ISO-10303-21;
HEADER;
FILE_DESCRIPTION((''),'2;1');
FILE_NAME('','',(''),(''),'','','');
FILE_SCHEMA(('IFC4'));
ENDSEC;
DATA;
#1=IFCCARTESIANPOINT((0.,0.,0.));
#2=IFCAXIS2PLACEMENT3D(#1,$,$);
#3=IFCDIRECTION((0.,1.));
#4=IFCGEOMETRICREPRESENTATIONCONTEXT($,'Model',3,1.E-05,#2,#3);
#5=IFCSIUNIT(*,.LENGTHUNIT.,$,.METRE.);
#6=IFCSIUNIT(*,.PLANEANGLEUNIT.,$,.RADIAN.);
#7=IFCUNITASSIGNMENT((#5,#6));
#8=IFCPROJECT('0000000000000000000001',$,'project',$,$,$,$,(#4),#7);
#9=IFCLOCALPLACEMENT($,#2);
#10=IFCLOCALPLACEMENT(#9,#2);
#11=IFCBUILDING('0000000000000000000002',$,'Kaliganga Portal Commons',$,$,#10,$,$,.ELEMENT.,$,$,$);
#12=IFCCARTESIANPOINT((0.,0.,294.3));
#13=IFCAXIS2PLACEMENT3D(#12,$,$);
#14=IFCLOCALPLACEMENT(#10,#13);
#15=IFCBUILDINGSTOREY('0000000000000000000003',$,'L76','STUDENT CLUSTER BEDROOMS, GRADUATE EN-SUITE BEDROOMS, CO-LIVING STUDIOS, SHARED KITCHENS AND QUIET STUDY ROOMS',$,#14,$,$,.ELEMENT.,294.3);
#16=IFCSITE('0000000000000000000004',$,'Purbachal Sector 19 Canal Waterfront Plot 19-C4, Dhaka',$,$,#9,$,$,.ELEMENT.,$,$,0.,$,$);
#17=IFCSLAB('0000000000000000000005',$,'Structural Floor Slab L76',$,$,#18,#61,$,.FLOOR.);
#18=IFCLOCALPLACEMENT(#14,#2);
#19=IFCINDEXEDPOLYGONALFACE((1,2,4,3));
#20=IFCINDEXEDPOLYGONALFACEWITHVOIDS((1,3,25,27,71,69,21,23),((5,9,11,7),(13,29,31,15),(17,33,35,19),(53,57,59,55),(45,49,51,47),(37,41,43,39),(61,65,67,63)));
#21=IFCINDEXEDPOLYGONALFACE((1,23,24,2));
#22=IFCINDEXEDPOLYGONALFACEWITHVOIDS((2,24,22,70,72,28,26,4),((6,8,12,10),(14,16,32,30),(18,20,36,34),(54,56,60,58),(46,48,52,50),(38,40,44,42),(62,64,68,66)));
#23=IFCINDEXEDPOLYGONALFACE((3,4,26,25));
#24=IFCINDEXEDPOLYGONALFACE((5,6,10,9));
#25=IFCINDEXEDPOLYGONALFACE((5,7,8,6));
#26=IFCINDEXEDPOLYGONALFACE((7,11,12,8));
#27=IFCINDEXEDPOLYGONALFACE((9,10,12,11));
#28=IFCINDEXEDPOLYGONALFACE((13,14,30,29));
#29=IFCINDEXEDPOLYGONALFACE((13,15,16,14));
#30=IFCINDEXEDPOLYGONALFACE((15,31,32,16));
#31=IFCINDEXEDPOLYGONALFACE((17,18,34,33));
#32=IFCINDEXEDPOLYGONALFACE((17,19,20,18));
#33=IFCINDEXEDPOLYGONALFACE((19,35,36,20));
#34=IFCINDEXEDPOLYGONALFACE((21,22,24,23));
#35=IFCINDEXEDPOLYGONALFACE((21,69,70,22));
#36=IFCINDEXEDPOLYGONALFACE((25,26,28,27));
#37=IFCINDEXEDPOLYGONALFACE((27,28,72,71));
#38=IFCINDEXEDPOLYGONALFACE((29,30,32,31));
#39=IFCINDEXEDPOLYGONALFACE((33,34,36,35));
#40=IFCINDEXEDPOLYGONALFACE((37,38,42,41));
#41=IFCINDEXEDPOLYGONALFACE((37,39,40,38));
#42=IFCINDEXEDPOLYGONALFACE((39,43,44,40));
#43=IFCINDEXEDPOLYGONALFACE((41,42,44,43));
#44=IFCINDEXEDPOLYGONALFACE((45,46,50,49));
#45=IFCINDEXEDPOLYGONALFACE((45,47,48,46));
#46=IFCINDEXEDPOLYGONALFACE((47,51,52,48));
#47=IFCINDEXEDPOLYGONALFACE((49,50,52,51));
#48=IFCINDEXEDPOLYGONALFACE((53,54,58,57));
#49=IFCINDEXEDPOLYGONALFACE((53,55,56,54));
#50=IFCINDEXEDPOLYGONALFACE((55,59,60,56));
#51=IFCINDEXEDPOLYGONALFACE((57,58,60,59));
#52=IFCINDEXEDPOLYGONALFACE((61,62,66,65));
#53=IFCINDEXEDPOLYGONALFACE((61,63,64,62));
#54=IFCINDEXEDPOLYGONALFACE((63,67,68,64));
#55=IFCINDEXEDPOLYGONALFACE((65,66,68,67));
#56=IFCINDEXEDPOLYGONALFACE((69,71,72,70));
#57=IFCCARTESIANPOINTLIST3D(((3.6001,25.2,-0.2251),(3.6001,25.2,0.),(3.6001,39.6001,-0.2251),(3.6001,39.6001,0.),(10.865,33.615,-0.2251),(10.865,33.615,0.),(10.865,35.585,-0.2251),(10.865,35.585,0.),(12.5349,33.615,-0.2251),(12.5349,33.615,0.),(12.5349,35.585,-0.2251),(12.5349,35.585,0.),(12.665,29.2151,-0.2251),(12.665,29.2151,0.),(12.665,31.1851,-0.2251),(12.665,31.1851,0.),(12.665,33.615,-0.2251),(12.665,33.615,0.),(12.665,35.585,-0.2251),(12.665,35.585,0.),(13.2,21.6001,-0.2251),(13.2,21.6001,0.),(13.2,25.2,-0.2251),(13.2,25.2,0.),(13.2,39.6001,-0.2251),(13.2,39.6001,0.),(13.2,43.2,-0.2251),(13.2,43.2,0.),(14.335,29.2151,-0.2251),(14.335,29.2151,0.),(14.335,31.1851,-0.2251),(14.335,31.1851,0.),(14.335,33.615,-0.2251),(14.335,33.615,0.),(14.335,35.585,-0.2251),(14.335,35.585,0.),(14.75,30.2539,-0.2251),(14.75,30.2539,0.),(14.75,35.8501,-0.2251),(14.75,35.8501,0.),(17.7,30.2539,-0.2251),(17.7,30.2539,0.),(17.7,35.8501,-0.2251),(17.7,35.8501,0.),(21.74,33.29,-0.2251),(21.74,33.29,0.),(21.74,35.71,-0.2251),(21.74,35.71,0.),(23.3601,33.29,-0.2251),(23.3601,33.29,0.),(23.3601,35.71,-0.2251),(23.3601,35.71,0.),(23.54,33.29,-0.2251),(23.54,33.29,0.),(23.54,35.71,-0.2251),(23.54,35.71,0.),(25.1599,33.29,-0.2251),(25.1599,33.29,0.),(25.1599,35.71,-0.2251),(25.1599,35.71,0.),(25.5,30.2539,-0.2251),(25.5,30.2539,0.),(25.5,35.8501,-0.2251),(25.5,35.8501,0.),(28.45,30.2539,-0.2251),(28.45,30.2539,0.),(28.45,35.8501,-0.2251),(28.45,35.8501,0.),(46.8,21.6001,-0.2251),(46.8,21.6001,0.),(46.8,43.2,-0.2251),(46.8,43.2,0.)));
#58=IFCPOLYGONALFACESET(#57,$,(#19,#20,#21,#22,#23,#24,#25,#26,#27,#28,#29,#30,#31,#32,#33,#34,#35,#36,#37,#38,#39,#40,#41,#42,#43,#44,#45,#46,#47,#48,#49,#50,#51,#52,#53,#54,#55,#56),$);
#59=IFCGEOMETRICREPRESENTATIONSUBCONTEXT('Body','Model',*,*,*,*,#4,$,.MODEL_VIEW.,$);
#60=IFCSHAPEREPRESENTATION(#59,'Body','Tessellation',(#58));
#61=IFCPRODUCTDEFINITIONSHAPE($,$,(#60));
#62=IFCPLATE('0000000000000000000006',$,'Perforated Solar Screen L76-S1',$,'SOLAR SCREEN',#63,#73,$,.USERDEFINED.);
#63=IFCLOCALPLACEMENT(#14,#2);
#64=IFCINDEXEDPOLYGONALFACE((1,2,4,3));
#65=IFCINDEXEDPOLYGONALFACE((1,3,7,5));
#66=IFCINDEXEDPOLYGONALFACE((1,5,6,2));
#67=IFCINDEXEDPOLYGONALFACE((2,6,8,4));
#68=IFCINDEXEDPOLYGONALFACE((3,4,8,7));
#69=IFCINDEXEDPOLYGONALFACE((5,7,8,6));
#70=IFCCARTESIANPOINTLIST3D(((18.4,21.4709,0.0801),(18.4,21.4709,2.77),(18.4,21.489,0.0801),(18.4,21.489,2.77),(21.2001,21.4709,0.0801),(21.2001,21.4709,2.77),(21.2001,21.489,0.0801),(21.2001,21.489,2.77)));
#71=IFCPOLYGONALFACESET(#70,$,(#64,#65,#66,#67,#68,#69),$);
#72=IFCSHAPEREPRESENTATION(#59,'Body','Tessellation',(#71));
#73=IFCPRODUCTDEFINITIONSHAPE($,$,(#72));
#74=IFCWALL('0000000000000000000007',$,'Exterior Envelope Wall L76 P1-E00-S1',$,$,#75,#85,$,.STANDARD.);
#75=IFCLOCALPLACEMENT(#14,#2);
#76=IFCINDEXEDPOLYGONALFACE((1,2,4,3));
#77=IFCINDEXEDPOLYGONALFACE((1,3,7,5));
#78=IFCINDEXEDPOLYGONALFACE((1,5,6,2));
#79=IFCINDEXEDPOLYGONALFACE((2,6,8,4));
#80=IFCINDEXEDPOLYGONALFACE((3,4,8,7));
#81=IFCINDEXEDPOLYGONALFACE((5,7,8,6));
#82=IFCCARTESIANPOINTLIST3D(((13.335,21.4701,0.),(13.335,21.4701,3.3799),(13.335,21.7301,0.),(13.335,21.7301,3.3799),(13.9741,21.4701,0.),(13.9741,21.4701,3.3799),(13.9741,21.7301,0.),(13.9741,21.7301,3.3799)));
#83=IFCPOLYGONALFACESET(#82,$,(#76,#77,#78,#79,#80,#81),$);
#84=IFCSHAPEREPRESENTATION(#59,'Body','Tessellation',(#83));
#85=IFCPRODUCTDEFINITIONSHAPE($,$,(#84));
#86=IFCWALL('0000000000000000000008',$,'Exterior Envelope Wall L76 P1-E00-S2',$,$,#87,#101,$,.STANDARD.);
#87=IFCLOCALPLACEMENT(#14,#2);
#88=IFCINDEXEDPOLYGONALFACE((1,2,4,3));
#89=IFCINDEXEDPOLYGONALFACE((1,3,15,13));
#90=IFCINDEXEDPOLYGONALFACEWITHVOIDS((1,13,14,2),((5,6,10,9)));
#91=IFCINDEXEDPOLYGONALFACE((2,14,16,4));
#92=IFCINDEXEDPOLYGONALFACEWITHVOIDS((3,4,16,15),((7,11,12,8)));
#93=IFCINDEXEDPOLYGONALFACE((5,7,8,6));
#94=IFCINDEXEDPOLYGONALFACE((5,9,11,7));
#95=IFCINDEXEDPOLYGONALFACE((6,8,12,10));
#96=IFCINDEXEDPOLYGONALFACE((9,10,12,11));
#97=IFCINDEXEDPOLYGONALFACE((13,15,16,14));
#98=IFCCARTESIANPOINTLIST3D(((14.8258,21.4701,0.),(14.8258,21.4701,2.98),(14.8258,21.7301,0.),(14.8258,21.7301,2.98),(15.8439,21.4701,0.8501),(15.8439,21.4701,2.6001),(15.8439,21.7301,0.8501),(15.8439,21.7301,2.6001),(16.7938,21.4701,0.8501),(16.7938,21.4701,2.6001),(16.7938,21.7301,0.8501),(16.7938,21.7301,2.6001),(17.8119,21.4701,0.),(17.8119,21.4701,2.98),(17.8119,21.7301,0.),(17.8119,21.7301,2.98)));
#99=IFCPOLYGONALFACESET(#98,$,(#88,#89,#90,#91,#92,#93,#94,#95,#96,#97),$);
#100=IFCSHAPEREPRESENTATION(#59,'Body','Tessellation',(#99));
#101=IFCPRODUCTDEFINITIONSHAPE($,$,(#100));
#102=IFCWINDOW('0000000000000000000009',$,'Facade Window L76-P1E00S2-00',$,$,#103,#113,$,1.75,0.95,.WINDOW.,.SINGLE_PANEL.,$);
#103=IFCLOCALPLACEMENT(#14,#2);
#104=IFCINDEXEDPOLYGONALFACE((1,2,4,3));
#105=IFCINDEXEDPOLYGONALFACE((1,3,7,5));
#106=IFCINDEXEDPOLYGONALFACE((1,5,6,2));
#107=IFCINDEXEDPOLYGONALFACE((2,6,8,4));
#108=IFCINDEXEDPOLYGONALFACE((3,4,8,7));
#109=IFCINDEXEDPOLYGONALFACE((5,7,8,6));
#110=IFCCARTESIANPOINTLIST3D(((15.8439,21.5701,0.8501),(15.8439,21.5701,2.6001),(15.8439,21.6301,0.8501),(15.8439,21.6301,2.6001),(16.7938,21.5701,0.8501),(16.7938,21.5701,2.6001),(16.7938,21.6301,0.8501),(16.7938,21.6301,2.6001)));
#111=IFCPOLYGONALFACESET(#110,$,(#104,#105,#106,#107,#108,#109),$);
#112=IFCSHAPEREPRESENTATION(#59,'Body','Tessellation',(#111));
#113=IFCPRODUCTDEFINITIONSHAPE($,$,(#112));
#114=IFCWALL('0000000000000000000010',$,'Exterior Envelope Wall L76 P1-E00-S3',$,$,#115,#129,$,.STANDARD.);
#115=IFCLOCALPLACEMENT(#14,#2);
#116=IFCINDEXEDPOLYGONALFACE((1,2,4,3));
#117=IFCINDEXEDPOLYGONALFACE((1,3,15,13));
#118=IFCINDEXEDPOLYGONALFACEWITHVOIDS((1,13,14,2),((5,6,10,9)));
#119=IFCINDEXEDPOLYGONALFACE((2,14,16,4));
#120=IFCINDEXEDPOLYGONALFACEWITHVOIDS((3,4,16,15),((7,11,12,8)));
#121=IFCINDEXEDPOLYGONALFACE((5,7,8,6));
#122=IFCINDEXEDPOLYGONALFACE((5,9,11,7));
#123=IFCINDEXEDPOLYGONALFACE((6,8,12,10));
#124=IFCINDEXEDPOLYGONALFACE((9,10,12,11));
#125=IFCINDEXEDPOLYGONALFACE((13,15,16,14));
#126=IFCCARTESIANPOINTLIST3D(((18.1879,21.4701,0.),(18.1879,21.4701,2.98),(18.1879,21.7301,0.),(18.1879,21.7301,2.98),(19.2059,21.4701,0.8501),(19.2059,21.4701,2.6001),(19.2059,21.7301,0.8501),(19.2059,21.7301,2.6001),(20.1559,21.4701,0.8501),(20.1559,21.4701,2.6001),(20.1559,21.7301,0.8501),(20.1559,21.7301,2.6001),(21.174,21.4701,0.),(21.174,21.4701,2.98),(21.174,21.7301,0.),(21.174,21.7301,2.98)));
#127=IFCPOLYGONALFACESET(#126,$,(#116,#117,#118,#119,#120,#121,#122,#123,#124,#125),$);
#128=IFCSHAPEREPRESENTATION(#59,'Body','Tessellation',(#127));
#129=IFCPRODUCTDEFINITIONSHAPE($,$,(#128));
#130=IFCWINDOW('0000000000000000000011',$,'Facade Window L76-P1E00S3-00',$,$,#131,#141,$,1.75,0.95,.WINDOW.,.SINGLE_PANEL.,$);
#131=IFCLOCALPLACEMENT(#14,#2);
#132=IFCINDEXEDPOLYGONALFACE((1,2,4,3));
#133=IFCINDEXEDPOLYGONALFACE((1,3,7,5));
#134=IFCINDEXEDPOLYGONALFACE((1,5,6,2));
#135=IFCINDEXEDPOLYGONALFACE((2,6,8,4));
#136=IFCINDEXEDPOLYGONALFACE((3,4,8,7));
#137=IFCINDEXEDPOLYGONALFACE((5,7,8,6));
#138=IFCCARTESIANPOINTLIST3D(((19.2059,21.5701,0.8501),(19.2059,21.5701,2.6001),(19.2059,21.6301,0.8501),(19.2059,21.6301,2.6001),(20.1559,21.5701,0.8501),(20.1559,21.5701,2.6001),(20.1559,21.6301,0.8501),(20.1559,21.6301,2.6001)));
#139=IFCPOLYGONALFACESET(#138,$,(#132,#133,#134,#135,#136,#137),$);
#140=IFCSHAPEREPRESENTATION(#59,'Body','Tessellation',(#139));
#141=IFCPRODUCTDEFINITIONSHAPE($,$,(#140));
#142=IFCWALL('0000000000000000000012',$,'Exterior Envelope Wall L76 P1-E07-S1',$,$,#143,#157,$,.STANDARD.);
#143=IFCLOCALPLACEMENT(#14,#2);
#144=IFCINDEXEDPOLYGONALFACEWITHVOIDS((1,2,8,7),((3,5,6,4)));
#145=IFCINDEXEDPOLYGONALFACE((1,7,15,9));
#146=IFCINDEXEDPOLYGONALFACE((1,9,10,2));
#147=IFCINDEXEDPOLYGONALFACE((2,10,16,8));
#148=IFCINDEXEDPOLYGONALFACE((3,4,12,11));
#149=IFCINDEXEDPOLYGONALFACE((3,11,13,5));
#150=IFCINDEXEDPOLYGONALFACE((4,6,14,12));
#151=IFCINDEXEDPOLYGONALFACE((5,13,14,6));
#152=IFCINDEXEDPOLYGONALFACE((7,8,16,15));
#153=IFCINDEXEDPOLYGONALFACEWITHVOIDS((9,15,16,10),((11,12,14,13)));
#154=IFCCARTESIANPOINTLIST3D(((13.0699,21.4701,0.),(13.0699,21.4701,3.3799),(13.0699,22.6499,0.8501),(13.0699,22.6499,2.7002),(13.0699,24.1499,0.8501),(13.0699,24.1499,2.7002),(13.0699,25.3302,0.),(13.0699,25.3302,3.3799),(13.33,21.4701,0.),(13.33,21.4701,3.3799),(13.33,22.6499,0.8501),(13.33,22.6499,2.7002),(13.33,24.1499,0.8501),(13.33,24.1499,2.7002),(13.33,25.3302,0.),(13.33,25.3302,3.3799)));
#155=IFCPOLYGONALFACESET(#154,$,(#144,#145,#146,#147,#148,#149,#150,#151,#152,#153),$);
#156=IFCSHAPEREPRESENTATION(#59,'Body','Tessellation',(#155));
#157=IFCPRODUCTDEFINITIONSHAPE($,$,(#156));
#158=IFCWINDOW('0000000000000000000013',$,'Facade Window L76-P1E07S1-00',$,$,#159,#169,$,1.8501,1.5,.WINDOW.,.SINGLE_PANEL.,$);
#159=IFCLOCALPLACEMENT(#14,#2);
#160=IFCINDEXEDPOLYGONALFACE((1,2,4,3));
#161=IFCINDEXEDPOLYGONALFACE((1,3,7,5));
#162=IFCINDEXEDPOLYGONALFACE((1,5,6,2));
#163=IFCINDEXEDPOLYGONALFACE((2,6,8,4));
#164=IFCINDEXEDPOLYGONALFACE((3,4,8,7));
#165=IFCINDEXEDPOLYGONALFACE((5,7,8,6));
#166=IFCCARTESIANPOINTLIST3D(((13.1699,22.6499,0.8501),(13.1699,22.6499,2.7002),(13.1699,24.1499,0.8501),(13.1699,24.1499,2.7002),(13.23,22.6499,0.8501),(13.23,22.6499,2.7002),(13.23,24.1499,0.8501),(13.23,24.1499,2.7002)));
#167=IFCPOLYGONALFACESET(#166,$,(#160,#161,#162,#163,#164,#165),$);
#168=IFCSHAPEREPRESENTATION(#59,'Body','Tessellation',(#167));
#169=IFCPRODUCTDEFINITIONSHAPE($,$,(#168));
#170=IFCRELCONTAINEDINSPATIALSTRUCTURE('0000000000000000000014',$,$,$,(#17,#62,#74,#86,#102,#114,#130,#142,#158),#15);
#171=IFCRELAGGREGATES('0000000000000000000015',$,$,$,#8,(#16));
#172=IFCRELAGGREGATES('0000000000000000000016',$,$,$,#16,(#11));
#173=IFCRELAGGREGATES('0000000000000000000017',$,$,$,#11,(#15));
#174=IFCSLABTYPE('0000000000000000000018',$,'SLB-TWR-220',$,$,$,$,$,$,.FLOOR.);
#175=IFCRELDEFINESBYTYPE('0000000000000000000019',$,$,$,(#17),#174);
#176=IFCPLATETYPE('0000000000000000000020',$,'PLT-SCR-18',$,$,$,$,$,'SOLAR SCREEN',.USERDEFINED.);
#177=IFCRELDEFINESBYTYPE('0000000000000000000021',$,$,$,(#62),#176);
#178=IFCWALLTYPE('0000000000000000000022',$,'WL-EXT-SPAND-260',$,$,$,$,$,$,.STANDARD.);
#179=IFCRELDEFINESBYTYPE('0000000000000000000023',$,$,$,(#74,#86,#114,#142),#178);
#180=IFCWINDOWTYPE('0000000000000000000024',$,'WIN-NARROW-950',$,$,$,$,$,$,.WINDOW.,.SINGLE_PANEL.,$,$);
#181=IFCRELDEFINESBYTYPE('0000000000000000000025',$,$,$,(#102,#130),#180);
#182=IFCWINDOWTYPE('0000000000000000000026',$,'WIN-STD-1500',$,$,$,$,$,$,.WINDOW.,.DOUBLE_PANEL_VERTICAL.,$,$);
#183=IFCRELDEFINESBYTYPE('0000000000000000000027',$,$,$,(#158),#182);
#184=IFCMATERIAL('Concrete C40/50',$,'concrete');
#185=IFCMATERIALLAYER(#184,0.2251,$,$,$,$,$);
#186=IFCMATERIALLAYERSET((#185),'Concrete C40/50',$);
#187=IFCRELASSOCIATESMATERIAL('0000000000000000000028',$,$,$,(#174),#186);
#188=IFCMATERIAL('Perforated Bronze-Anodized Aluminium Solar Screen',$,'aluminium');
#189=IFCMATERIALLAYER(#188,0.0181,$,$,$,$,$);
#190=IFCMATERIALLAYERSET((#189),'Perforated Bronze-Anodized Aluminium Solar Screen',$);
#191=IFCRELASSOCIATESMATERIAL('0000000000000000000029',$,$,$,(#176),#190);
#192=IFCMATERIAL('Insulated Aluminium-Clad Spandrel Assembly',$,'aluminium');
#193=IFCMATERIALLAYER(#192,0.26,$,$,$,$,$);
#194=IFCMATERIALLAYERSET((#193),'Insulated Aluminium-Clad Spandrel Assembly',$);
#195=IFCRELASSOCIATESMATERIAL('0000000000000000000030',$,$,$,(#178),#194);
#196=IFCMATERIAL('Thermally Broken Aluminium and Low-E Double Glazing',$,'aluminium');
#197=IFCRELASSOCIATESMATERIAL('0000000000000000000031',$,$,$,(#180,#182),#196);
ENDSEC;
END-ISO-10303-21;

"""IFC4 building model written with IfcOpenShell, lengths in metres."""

from ifc_helpers import new_model, si_unit, direction, frame, frame_2d, origin, origin_2d, place, context, subcontext, project, spatial, polyline, rectangle, outline, extrude, source, transform, mapped, material, layer, layer_set, type_object, element, fill, save


model = new_model("IFC4")

# Units and contexts
model_context = context("Model", 3, precision=1e-05, world=origin(), true_north=direction((0.0, 1.0)))
body_context = subcontext(model_context, "Body", "Model", "MODEL_VIEW")
ifc_project = project(units=[si_unit("LENGTHUNIT", "METRE"), si_unit("PLANEANGLEUNIT", "RADIAN")], contexts=[model_context])

# Site, building, storey
site_placement = place(None, origin())
site = spatial("IfcSite", under=ifc_project, at=site_placement, Name="Purbachal Sector 19 Canal Waterfront Plot 19-C4, Dhaka", CompositionType="ELEMENT", RefElevation=0.0)
building_placement = place(site_placement, origin())
building = spatial("IfcBuilding", under=site, at=building_placement, Name="Kaliganga Portal Commons", CompositionType="ELEMENT")
storey_placement = place(building_placement, frame((0.0, 0.0, 294.3)))
storey = spatial("IfcBuildingStorey", under=building, at=storey_placement, Name="L76", Description="STUDENT CLUSTER BEDROOMS, GRADUATE EN-SUITE BEDROOMS, CO-LIVING STUDIOS, SHARED KITCHENS AND QUIET STUDY ROOMS", CompositionType="ELEMENT", Elevation=294.3)

# Shared definitions
ifc_material_1 = material(Name="Concrete C40/50", Category="concrete")

# Slab
ifc_layer_1 = layer(ifc_material_1, 0.2251)
ifc_layer_set_1 = layer_set([ifc_layer_1], Name="Concrete C40/50")
slab_type_1 = type_object("IfcSlabType", Name="SLB-TWR-220", PredefinedType="FLOOR", material=ifc_layer_set_1)
slab_1_placement = place(storey_placement, frame((0.0, 0.0, -0.2251)))
element("IfcSlab", 1, at=slab_1_placement, inside=storey, type_object=slab_type_1, Name="Structural Floor Slab L76", PredefinedType="FLOOR", context=body_context, shape_type="SweptSolid", body=[
    extrude(outline(polyline([(13.2, 21.6001), (46.8, 21.6001), (46.8, 43.2), (13.2, 43.2), (13.2, 39.6001), (3.6001, 39.6001), (3.6001, 25.2), (13.2, 25.2), (13.2, 21.6001)]), holes=[polyline([(14.75, 30.2539), (14.75, 35.8501), (17.7, 35.8501), (17.7, 30.2539), (14.75, 30.2539)]), polyline([(25.5, 30.2539), (25.5, 35.8501), (28.45, 35.8501), (28.45, 30.2539), (25.5, 30.2539)]), polyline([(12.665, 33.615), (12.665, 35.585), (14.335, 35.585), (14.335, 33.615), (12.665, 33.615)]), polyline([(12.665, 29.2151), (12.665, 31.1851), (14.335, 31.1851), (14.335, 29.2151), (12.665, 29.2151)]), polyline([(10.865, 33.615), (10.865, 35.585), (12.5349, 35.585), (12.5349, 33.615), (10.865, 33.615)]), polyline([(21.74, 33.29), (21.74, 35.71), (23.3601, 35.71), (23.3601, 33.29), (21.74, 33.29)]), polyline([(23.54, 33.29), (23.54, 35.71), (25.1599, 35.71), (25.1599, 33.29), (23.54, 33.29)])]), origin(), (0.0, 0.0, 1.0), 0.2251),
])

# Plate
ifc_material_2 = material(Name="Perforated Bronze-Anodized Aluminium Solar Screen", Category="aluminium")
ifc_layer_2 = layer(ifc_material_2, 0.0181)
ifc_layer_set_2 = layer_set([ifc_layer_2], Name="Perforated Bronze-Anodized Aluminium Solar Screen")
plate_type = type_object("IfcPlateType", Name="PLT-SCR-18", ElementType="SOLAR SCREEN", PredefinedType="USERDEFINED", material=ifc_layer_set_2)
shared_shape_1 = source(origin(), body_context, "Body", "SweptSolid", [
    extrude(rectangle(XDim=2.8, YDim=0.0181, at=origin_2d()), origin(), (0.0, 0.0, 1.0), 2.6899),
])
plate_placement = place(storey_placement, frame((19.8, 21.48, 0.0801), z_axis=(0.0, 0.0, 1.0), x_axis=(1.0, 0.0, 0.0)))
element("IfcPlate", 2, at=plate_placement, inside=storey, type_object=plate_type, Name="Perforated Solar Screen L76-S1", ObjectType="SOLAR SCREEN", PredefinedType="USERDEFINED", context=body_context, shape_type="MappedRepresentation", body=[
    mapped(shared_shape_1, transform((0.0, 0.0, 0.0), x_axis=(1.0, 0.0, 0.0), y_axis=(0.0, 1.0, 0.0), z_axis=(0.0, 0.0, 1.0), scale=1.0)),
])

# Wall
ifc_material_3 = material(Name="Insulated Aluminium-Clad Spandrel Assembly", Category="aluminium")
ifc_layer_3 = layer(ifc_material_3, 0.26)
ifc_layer_set_3 = layer_set([ifc_layer_3], Name="Insulated Aluminium-Clad Spandrel Assembly")
wall_type = type_object("IfcWallType", Name="WL-EXT-SPAND-260", PredefinedType="STANDARD", material=ifc_layer_set_3)
wall_1_placement = place(storey_placement, frame((13.9741, 21.6001, 0.0), z_axis=(0.0, 0.0, 1.0), x_axis=(-1.0, 0.0, 0.0)))
element("IfcWall", 3, at=wall_1_placement, inside=storey, type_object=wall_type, Name="Exterior Envelope Wall L76 P1-E00-S1", PredefinedType="STANDARD", context=body_context, shape_type="SweptSolid", body=[
    extrude(rectangle(XDim=0.6392, YDim=0.26, at=frame_2d((0.3196, 0.0))), origin(), (0.0, 0.0, 1.0), 3.3799),
])

# Walls, openings, windows
wall_2_placement = place(storey_placement, frame((17.812, 21.6001, 0.0), z_axis=(0.0, 0.0, 1.0), x_axis=(-1.0, 0.0, 0.0)))
wall_2 = element("IfcWall", 4, at=wall_2_placement, inside=storey, type_object=wall_type, Name="Exterior Envelope Wall L76 P1-E00-S2", PredefinedType="STANDARD", context=body_context, shape_type="SweptSolid", body=[
    extrude(rectangle(XDim=2.9861, YDim=0.26, at=frame_2d((1.4932, 0.0))), origin(), (0.0, 0.0, 1.0), 2.98),
])
opening_1_placement = place(wall_2_placement, frame((1.0181, 0.0, 0.8501)))
opening_1 = element("IfcOpeningElement", 5, at=opening_1_placement, cuts=wall_2, PredefinedType="OPENING", context=body_context, shape_type="SweptSolid", body=[
    extrude(rectangle(XDim=0.95, YDim=1.75, at=frame_2d((0.4751, 0.875))), frame((0.0, 0.1401, 0.0), z_axis=(0.0, -1.0, 0.0), x_axis=(1.0, 0.0, 0.0)), (0.0, 0.0, 1.0), 0.28),
])
ifc_material_4 = material(Name="Thermally Broken Aluminium and Low-E Double Glazing", Category="aluminium")
window_type_1 = type_object("IfcWindowType", Name="WIN-NARROW-950", PartitioningType="SINGLE_PANEL", PredefinedType="WINDOW", material=ifc_material_4)
window_1_placement = place(opening_1_placement, origin())
window_1 = element("IfcWindow", 6, at=window_1_placement, inside=storey, type_object=window_type_1, Name="Facade Window L76-P1E00S2-00", OverallHeight=1.75, OverallWidth=0.95, PartitioningType="SINGLE_PANEL", PredefinedType="WINDOW", context=body_context, shape_type="SweptSolid", body=[
    extrude(rectangle(XDim=0.95, YDim=1.75, at=frame_2d((0.4751, 0.875))), frame((0.0, 0.03, 0.0), z_axis=(0.0, -1.0, 0.0), x_axis=(1.0, 0.0, 0.0)), (0.0, 0.0, 1.0), 0.0601),
])
fill(opening_1, window_1)
wall_3_placement = place(storey_placement, frame((21.1741, 21.6001, 0.0), z_axis=(0.0, 0.0, 1.0), x_axis=(-1.0, 0.0, 0.0)))
wall_3 = element("IfcWall", 7, at=wall_3_placement, inside=storey, type_object=wall_type, Name="Exterior Envelope Wall L76 P1-E00-S3", PredefinedType="STANDARD", context=body_context, shape_type="SweptSolid", body=[
    extrude(rectangle(XDim=2.9861, YDim=0.26, at=frame_2d((1.4932, 0.0))), origin(), (0.0, 0.0, 1.0), 2.98),
])
opening_2_placement = place(wall_3_placement, frame((1.0181, 0.0, 0.8501)))
opening_2 = element("IfcOpeningElement", 8, at=opening_2_placement, cuts=wall_3, PredefinedType="OPENING", context=body_context, shape_type="SweptSolid", body=[
    extrude(rectangle(XDim=0.95, YDim=1.75, at=frame_2d((0.4751, 0.875))), frame((0.0, 0.1401, 0.0), z_axis=(0.0, -1.0, 0.0), x_axis=(1.0, 0.0, 0.0)), (0.0, 0.0, 1.0), 0.28),
])
window_2_placement = place(opening_2_placement, origin())
window_2 = element("IfcWindow", 9, at=window_2_placement, inside=storey, type_object=window_type_1, Name="Facade Window L76-P1E00S3-00", OverallHeight=1.75, OverallWidth=0.95, PartitioningType="SINGLE_PANEL", PredefinedType="WINDOW", context=body_context, shape_type="SweptSolid", body=[
    extrude(rectangle(XDim=0.95, YDim=1.75, at=frame_2d((0.4751, 0.875))), frame((0.0, 0.03, 0.0), z_axis=(0.0, -1.0, 0.0), x_axis=(1.0, 0.0, 0.0)), (0.0, 0.0, 1.0), 0.0601),
])
fill(opening_2, window_2)
wall_4_placement = place(storey_placement, frame((13.2, 21.47, 0.0), z_axis=(0.0, 0.0, 1.0), x_axis=(0.0, 1.0, 0.0)))
wall_4 = element("IfcWall", 10, at=wall_4_placement, inside=storey, type_object=wall_type, Name="Exterior Envelope Wall L76 P1-E07-S1", PredefinedType="STANDARD", context=body_context, shape_type="SweptSolid", body=[
    extrude(rectangle(XDim=3.8601, YDim=0.26, at=frame_2d((1.9302, 0.0))), origin(), (0.0, 0.0, 1.0), 3.3799),
])
opening_3_placement = place(wall_4_placement, frame((1.1799, 0.0, 0.8501)))
opening_3 = element("IfcOpeningElement", 11, at=opening_3_placement, cuts=wall_4, PredefinedType="OPENING", context=body_context, shape_type="SweptSolid", body=[
    extrude(rectangle(XDim=1.5, YDim=1.8501, at=frame_2d((0.75, 0.925))), frame((0.0, 0.1401, 0.0), z_axis=(0.0, -1.0, 0.0), x_axis=(1.0, 0.0, 0.0)), (0.0, 0.0, 1.0), 0.28),
])
window_type_2 = type_object("IfcWindowType", Name="WIN-STD-1500", PartitioningType="DOUBLE_PANEL_VERTICAL", PredefinedType="WINDOW", material=ifc_material_4)
window_3_placement = place(opening_3_placement, origin())
window_3 = element("IfcWindow", 12, at=window_3_placement, inside=storey, type_object=window_type_2, Name="Facade Window L76-P1E07S1-00", OverallHeight=1.8501, OverallWidth=1.5, PartitioningType="SINGLE_PANEL", PredefinedType="WINDOW", context=body_context, shape_type="SweptSolid", body=[
    extrude(rectangle(XDim=1.5, YDim=1.8501, at=frame_2d((0.75, 0.925))), frame((0.0, 0.03, 0.0), z_axis=(0.0, -1.0, 0.0), x_axis=(1.0, 0.0, 0.0)), (0.0, 0.0, 1.0), 0.0601),
])
fill(opening_3, window_3)

save(model, "model.ifc")
